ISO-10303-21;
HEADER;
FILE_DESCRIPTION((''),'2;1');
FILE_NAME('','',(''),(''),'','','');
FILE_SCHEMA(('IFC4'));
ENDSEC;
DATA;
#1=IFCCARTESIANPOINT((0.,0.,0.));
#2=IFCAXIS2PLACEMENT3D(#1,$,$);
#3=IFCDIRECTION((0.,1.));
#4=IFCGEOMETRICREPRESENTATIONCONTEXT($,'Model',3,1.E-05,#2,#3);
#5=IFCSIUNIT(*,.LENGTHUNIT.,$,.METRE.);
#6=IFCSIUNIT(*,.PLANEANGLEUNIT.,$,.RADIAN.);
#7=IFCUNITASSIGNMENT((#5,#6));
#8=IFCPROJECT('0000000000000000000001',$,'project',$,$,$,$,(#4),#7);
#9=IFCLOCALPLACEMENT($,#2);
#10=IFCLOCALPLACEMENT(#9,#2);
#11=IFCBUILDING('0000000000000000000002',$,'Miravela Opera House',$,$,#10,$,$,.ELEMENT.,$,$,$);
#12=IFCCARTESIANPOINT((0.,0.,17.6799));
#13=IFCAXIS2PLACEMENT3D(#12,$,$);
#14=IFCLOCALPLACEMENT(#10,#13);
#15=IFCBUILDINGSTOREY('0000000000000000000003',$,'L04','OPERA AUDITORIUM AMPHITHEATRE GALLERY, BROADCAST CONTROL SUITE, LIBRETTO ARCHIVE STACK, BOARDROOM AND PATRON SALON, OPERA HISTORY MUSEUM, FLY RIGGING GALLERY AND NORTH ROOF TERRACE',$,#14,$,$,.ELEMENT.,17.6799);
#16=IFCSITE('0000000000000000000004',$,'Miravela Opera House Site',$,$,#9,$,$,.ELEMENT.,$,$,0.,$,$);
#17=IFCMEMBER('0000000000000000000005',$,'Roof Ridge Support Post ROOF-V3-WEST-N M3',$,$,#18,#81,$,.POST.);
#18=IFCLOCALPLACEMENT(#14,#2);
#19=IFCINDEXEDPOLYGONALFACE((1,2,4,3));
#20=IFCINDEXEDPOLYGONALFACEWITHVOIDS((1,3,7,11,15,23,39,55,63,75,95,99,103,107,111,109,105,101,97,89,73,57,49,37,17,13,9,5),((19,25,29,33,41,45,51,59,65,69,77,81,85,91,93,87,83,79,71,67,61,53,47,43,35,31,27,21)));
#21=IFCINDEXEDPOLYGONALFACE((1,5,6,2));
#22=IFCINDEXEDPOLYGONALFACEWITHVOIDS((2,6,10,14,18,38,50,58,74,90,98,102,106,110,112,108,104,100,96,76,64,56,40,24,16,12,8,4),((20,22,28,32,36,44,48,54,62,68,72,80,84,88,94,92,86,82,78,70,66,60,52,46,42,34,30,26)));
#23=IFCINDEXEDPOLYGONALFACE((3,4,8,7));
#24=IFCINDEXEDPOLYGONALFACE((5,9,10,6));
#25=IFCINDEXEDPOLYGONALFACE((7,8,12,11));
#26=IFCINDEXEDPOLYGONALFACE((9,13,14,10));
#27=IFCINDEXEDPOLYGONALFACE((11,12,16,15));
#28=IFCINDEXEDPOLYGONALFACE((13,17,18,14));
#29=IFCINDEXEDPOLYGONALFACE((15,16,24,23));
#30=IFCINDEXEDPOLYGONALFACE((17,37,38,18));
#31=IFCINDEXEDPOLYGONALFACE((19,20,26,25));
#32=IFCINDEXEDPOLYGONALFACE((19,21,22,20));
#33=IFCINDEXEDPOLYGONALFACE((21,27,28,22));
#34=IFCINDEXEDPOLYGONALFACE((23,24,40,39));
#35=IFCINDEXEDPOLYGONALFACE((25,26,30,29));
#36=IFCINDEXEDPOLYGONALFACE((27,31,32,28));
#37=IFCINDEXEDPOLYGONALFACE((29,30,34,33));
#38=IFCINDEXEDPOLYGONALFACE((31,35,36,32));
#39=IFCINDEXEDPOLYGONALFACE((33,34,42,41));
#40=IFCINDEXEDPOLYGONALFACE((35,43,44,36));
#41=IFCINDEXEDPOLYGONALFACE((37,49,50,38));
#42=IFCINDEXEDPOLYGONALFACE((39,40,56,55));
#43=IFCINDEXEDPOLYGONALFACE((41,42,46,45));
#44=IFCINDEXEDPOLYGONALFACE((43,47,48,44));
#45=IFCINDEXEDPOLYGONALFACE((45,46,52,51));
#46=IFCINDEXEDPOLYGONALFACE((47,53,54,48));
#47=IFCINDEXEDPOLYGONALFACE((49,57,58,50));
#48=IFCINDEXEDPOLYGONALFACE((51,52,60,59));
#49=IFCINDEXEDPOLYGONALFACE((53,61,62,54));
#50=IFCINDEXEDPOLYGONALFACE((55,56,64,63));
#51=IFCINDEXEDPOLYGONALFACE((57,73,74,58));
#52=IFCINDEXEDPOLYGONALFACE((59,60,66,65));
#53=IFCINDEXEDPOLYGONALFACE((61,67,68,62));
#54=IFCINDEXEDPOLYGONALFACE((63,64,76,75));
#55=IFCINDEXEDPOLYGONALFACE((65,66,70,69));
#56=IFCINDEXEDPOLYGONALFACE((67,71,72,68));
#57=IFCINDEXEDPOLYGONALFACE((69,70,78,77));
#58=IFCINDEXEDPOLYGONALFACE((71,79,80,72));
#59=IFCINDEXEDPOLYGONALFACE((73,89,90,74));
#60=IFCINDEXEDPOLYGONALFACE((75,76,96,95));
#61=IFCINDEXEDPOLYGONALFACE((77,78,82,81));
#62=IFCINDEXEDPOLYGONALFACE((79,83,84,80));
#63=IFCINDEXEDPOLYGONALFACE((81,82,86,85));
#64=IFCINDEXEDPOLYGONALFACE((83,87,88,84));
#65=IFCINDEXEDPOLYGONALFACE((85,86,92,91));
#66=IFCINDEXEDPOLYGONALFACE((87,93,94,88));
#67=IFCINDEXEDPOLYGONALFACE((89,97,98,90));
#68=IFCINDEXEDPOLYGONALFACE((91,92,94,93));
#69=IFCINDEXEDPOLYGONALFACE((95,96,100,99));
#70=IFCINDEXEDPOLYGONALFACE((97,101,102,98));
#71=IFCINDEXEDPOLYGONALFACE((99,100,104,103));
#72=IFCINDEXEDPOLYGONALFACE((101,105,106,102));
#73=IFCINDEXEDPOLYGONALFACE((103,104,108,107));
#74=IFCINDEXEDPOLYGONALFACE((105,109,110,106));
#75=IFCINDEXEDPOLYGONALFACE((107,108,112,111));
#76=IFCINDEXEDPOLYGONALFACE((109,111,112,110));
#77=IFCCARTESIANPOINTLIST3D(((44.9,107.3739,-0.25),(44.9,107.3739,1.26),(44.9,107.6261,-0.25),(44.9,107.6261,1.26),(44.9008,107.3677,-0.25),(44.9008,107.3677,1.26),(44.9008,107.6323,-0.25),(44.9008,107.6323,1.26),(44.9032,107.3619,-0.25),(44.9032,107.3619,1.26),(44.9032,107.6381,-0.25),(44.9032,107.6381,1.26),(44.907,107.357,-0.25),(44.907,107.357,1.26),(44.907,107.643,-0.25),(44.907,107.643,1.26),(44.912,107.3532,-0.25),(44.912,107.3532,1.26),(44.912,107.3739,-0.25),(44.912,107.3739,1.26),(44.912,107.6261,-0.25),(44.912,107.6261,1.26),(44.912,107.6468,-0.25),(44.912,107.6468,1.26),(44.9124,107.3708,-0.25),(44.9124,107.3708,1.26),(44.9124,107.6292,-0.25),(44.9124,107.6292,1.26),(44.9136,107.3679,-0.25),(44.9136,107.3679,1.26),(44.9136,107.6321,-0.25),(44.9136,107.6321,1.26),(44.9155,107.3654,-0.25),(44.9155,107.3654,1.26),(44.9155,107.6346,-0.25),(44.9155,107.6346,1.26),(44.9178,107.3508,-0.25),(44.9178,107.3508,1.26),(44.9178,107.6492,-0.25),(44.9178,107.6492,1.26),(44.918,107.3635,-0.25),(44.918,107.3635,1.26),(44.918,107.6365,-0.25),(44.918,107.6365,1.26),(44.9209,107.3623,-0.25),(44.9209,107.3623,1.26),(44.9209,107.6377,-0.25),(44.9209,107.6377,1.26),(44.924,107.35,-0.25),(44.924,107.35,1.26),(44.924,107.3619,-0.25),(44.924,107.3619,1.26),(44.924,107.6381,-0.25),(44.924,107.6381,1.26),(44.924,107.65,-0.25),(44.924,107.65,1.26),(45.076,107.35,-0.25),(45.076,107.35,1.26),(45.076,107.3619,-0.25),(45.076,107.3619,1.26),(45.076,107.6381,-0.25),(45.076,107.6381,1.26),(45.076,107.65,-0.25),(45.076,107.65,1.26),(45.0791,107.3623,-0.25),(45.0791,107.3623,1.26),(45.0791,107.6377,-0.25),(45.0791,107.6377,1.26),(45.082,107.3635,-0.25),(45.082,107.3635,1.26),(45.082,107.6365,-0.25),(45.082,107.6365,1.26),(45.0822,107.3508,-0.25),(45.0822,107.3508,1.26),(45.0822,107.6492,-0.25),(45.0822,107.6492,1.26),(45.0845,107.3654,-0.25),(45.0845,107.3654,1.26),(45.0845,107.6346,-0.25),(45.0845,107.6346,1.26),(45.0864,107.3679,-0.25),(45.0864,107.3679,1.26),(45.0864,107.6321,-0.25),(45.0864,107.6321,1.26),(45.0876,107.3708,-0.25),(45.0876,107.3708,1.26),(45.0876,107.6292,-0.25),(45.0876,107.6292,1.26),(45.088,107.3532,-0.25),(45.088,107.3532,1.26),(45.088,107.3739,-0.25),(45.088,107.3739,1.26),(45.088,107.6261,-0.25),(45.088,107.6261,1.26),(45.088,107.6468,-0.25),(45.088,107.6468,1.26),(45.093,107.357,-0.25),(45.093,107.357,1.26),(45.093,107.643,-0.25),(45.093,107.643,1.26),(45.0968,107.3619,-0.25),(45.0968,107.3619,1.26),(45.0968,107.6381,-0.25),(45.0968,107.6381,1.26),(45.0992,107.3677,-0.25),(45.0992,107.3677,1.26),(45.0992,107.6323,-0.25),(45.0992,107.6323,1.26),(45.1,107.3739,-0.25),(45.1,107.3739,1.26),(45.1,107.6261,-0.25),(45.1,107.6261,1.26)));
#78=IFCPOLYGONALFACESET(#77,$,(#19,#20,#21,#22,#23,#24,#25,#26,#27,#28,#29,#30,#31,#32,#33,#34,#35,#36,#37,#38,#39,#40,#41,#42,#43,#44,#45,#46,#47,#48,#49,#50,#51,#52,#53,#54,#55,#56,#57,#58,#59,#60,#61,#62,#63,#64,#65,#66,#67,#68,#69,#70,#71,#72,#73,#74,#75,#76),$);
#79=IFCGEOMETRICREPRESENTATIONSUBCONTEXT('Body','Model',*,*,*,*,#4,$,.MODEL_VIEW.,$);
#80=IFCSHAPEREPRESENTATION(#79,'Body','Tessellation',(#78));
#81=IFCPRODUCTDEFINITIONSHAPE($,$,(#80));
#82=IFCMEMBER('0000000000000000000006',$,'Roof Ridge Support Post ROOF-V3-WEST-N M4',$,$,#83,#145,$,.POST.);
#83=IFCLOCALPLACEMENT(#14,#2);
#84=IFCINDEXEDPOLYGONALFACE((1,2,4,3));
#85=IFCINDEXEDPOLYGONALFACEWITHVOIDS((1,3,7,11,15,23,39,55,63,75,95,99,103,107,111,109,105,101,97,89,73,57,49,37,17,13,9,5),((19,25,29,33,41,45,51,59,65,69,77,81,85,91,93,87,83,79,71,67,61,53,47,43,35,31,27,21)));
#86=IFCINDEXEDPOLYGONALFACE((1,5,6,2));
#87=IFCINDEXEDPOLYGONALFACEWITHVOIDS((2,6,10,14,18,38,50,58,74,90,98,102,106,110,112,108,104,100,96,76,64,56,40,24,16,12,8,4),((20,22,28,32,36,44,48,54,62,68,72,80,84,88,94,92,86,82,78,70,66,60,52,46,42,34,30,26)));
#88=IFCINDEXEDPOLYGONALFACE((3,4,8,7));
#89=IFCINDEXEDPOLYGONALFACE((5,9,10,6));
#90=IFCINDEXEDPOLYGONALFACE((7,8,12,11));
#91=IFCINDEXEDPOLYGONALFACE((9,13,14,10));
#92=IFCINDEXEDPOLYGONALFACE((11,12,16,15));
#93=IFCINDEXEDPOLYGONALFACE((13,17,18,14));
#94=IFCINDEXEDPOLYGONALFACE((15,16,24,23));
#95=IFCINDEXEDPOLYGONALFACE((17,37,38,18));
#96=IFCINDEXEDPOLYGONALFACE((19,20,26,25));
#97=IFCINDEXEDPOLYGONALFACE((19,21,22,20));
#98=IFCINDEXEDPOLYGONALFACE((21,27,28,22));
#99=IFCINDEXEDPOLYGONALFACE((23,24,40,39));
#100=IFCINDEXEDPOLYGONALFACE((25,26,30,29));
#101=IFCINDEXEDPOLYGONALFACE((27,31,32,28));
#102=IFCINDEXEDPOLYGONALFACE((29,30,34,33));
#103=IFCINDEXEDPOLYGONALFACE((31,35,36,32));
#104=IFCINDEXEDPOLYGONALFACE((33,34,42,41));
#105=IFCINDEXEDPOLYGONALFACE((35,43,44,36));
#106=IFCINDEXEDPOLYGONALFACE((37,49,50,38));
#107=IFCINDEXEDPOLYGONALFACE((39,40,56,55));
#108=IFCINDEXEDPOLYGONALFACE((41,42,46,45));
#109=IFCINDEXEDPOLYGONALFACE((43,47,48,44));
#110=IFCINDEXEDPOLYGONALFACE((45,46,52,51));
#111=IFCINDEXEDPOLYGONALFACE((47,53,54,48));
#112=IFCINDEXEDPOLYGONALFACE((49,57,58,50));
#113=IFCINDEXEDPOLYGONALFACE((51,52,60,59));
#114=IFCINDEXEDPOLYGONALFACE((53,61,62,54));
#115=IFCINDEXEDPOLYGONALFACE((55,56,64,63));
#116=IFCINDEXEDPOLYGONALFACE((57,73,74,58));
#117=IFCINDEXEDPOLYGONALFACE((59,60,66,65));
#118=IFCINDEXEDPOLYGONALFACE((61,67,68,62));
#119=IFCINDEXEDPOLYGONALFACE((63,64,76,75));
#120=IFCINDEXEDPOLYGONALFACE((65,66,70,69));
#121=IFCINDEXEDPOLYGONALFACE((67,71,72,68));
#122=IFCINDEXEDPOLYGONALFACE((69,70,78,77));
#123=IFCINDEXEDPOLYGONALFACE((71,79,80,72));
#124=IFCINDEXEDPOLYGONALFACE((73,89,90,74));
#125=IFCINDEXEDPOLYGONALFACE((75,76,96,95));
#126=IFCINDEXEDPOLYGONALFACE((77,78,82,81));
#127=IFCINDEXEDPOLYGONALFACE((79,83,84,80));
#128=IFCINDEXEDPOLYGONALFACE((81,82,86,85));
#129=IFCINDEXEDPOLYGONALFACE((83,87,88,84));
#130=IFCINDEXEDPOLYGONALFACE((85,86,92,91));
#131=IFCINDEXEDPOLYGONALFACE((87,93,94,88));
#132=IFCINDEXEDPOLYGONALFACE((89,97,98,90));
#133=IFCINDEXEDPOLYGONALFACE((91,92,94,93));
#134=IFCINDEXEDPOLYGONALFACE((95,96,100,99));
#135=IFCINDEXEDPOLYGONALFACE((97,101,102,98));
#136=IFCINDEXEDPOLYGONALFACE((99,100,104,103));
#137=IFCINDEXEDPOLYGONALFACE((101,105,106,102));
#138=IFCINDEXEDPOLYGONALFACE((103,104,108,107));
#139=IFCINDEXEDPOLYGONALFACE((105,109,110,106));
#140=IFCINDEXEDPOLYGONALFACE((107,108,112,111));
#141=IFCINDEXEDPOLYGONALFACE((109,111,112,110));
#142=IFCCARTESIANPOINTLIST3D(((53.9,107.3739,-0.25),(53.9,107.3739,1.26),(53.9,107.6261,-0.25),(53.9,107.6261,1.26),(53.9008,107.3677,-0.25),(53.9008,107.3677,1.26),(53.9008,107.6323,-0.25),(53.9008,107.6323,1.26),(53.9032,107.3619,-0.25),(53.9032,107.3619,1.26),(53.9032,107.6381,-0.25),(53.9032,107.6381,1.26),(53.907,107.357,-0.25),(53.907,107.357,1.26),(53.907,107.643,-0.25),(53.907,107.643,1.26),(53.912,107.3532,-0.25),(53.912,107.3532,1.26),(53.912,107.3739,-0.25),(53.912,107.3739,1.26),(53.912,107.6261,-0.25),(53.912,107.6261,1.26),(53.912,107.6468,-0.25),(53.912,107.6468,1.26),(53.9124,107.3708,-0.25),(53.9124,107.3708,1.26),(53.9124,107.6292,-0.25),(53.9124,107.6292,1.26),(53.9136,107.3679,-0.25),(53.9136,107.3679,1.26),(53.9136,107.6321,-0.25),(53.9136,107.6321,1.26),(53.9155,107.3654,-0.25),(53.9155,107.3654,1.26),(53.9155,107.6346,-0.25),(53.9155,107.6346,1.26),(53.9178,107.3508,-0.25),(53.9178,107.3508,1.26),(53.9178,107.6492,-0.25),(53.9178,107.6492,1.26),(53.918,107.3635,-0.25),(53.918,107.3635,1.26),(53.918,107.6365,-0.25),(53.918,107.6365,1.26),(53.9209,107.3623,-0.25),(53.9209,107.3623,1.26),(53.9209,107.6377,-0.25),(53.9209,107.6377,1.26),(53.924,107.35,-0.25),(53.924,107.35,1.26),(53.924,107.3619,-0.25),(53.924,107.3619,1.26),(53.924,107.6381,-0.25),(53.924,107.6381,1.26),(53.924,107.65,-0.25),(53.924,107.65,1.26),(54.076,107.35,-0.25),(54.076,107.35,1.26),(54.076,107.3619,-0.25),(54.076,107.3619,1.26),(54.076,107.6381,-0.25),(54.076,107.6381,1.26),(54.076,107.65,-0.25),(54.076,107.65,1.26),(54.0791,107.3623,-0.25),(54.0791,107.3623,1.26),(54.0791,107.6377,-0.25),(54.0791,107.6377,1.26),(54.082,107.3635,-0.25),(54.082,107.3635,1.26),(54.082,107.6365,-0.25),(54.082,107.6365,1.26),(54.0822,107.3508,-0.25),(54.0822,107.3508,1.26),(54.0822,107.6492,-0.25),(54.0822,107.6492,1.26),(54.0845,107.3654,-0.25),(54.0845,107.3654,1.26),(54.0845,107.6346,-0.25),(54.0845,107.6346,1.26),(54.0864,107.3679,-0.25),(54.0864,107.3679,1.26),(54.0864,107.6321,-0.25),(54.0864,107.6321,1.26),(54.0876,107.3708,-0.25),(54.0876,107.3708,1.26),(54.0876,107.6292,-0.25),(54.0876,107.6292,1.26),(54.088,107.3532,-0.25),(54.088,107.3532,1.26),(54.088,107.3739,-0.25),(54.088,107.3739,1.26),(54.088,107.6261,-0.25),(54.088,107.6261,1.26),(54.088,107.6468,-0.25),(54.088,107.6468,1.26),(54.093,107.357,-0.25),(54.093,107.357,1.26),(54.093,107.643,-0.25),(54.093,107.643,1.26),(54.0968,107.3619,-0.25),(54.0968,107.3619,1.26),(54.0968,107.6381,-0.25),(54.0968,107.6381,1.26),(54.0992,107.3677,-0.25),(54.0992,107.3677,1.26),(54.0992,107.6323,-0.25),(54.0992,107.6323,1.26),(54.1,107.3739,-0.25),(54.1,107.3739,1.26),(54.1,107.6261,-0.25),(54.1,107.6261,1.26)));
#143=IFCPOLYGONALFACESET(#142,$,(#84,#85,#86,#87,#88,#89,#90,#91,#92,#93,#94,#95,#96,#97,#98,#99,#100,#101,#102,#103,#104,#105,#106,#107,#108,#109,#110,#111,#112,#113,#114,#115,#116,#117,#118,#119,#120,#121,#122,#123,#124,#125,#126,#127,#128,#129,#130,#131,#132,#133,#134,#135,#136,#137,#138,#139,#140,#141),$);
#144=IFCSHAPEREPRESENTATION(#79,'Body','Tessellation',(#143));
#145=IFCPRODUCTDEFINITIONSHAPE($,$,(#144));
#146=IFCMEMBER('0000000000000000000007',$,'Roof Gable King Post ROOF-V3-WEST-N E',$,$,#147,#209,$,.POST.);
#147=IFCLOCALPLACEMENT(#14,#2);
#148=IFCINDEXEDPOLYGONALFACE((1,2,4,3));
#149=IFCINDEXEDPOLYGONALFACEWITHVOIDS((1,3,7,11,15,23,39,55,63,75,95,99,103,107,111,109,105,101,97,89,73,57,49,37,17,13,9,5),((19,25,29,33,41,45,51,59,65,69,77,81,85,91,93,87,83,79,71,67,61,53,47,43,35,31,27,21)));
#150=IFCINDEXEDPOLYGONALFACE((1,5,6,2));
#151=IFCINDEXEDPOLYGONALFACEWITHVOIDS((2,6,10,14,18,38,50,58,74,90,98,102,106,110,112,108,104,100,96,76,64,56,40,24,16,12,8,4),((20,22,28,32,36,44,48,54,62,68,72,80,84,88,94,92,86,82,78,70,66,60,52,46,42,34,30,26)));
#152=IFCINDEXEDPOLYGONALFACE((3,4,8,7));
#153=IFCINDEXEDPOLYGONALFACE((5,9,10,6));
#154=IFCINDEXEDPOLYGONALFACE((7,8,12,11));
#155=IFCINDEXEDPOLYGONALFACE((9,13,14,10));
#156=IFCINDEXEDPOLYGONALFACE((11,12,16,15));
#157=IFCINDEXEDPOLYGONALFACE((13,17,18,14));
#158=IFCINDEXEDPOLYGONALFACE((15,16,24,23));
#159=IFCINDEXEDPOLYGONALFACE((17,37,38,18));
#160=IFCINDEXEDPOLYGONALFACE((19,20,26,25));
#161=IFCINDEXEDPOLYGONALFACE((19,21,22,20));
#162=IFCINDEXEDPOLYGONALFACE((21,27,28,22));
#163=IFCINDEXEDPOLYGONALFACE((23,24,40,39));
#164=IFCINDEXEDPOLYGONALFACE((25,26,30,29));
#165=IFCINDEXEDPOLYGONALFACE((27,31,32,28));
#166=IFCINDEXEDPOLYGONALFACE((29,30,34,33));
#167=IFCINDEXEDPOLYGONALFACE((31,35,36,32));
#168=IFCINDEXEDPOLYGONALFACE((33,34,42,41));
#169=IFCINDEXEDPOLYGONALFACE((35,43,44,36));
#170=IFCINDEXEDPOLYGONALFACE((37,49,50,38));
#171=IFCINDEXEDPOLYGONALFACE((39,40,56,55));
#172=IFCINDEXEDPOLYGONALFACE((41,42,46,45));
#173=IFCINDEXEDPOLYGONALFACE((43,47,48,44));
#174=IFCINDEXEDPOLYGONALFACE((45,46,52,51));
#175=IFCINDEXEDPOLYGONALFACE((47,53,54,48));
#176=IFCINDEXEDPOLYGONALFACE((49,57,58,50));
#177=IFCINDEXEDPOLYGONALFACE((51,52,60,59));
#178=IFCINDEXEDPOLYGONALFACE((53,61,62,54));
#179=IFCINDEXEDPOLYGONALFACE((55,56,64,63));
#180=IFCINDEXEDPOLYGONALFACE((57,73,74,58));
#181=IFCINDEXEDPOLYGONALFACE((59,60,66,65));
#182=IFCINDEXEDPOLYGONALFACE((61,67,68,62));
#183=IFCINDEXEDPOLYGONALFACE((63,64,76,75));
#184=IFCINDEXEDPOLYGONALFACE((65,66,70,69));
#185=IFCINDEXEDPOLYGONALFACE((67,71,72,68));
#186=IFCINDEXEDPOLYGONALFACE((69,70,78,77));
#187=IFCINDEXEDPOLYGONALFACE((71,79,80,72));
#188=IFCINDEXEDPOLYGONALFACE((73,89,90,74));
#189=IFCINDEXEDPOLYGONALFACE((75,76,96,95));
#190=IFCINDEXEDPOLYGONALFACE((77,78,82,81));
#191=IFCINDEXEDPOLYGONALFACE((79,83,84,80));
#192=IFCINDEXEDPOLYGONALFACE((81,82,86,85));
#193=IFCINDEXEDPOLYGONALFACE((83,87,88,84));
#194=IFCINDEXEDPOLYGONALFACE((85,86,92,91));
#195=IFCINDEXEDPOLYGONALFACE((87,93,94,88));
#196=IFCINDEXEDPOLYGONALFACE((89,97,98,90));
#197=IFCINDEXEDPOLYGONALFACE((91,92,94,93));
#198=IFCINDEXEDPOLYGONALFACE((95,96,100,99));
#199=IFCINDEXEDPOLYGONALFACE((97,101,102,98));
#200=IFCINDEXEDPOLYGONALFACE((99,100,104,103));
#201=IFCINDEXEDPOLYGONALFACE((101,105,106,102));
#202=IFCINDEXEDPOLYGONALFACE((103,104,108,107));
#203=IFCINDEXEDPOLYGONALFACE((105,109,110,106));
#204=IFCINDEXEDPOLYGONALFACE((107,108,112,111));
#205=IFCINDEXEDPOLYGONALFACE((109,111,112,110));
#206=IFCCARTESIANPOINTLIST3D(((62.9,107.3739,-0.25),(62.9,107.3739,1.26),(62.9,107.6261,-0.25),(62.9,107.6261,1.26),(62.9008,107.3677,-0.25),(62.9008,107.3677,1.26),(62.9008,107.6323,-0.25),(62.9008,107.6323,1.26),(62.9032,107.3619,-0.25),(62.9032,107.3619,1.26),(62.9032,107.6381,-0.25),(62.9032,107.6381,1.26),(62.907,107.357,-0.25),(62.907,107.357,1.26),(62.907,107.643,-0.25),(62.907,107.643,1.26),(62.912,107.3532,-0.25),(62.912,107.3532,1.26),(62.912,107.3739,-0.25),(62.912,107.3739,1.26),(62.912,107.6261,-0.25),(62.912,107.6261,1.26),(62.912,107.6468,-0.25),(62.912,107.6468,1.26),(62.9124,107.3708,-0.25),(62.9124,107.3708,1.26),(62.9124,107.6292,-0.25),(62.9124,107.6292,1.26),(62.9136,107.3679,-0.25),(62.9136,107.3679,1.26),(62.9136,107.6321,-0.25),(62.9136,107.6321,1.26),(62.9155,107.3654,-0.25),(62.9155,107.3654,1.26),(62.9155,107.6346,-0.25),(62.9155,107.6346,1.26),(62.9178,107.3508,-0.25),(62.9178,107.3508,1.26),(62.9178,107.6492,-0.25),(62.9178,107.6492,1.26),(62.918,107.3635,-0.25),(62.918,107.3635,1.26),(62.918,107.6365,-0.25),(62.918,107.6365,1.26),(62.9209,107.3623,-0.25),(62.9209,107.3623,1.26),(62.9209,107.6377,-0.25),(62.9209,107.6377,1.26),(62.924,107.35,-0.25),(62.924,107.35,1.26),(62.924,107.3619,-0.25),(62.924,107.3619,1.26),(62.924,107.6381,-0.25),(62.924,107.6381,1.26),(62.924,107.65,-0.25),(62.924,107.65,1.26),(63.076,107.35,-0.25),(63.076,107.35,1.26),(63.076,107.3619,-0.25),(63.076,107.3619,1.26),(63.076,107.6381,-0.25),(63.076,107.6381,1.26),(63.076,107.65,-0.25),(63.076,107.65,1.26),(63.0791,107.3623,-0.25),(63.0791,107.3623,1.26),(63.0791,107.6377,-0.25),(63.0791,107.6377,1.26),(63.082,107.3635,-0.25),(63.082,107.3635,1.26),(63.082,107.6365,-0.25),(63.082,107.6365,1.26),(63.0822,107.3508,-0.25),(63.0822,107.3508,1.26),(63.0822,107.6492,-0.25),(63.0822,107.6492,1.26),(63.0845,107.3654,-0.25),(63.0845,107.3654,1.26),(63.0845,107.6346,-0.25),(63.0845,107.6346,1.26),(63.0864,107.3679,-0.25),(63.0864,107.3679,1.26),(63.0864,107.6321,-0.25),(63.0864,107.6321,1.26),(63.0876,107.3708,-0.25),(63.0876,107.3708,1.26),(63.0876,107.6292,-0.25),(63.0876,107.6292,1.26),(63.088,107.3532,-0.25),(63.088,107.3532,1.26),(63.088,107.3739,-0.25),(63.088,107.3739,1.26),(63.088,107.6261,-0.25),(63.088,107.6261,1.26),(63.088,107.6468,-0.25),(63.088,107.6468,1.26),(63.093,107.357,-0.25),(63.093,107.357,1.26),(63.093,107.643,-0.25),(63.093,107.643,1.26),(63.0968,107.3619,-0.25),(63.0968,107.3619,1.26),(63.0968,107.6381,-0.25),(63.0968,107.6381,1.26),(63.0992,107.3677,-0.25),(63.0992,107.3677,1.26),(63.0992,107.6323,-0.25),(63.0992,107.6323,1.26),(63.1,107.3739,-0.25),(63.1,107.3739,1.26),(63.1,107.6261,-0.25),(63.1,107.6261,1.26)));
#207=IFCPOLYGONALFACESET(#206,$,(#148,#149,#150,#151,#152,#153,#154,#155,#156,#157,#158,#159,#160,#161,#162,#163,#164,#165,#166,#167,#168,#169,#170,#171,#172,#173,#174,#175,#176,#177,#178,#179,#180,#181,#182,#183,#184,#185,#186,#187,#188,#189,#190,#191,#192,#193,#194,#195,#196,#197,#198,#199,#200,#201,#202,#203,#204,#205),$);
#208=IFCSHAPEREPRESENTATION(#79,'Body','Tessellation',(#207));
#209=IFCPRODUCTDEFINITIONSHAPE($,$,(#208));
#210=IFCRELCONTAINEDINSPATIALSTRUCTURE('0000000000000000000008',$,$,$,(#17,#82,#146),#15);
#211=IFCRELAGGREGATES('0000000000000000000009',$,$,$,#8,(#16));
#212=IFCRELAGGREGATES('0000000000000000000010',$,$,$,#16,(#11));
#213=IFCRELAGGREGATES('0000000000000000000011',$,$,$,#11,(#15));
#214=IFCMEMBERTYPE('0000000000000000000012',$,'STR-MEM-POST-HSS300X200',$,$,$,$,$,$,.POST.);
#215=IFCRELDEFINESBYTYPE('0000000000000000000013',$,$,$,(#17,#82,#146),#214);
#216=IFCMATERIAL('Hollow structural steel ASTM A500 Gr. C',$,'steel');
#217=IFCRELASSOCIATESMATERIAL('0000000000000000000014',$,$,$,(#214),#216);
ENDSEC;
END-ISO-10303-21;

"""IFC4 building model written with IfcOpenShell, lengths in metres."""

from ifc_helpers import new_model, si_unit, direction, frame, origin, origin_2d, place, context, subcontext, project, spatial, hollow_rectangle, extrude, material, material_profile, profile_set, type_object, element, save


model = new_model("IFC4")

# Units and contexts
model_context = context("Model", 3, precision=1e-05, world=origin(), true_north=direction((0.0, 1.0)))
body_context = subcontext(model_context, "Body", "Model", "MODEL_VIEW")
ifc_project = project(units=[si_unit("LENGTHUNIT", "METRE"), si_unit("PLANEANGLEUNIT", "RADIAN")], contexts=[model_context])

# Site, building, storey
site_placement = place(None, origin())
site = spatial("IfcSite", under=ifc_project, at=site_placement, Name="Miravela Opera House Site", CompositionType="ELEMENT", RefElevation=0.0)
building_placement = place(site_placement, origin())
building = spatial("IfcBuilding", under=site, at=building_placement, Name="Miravela Opera House", CompositionType="ELEMENT")
storey_placement = place(building_placement, frame((0.0, 0.0, 17.6799)))
storey = spatial("IfcBuildingStorey", under=building, at=storey_placement, Name="L04", Description="OPERA AUDITORIUM AMPHITHEATRE GALLERY, BROADCAST CONTROL SUITE, LIBRETTO ARCHIVE STACK, BOARDROOM AND PATRON SALON, OPERA HISTORY MUSEUM, FLY RIGGING GALLERY AND NORTH ROOF TERRACE", CompositionType="ELEMENT", Elevation=17.6799)

# Members
ifc_material_1 = material(Name="Hollow structural steel ASTM A500 Gr. C", Category="steel")
ifc_material_profile_1 = material_profile(ifc_material_1, hollow_rectangle(XDim=0.2, YDim=0.3, WallThickness=0.012, InnerFilletRadius=0.012, OuterFilletRadius=0.0239, at=origin_2d()), Name="HSS300X200X12")
ifc_profile_set_1 = profile_set([ifc_material_profile_1])
member_type_1 = type_object("IfcMemberType", Name="STR-MEM-POST-HSS300X200", PredefinedType="POST", material=ifc_profile_set_1)
for number, where, z_axis, x_axis, name in (
    (1, (45.0, 107.5, -0.25), (0.0, 0.0, 1.0), (1.0, 0.0, 0.0), "Roof Ridge Support Post ROOF-V3-WEST-N M3"),
    (2, (54.0, 107.5, -0.25), (0.0, 0.0, 1.0), (1.0, 0.0, 0.0), "Roof Ridge Support Post ROOF-V3-WEST-N M4"),
    (3, (63.0, 107.5, -0.25), (0.0, 0.0, 1.0), (1.0, 0.0, 0.0), "Roof Gable King Post ROOF-V3-WEST-N E"),
):
    element("IfcMember", number, at=place(storey_placement, frame(where, z_axis=z_axis, x_axis=x_axis)), inside=storey, type_object=member_type_1, Name=name, PredefinedType="POST", context=body_context, shape_type="SweptSolid", body=[
        extrude(hollow_rectangle(XDim=0.2, YDim=0.3, WallThickness=0.012, InnerFilletRadius=0.012, OuterFilletRadius=0.0239, at=origin_2d()), origin(), (0.0, 0.0, 1.0), 1.51),
    ])

save(model, "model.ifc")
